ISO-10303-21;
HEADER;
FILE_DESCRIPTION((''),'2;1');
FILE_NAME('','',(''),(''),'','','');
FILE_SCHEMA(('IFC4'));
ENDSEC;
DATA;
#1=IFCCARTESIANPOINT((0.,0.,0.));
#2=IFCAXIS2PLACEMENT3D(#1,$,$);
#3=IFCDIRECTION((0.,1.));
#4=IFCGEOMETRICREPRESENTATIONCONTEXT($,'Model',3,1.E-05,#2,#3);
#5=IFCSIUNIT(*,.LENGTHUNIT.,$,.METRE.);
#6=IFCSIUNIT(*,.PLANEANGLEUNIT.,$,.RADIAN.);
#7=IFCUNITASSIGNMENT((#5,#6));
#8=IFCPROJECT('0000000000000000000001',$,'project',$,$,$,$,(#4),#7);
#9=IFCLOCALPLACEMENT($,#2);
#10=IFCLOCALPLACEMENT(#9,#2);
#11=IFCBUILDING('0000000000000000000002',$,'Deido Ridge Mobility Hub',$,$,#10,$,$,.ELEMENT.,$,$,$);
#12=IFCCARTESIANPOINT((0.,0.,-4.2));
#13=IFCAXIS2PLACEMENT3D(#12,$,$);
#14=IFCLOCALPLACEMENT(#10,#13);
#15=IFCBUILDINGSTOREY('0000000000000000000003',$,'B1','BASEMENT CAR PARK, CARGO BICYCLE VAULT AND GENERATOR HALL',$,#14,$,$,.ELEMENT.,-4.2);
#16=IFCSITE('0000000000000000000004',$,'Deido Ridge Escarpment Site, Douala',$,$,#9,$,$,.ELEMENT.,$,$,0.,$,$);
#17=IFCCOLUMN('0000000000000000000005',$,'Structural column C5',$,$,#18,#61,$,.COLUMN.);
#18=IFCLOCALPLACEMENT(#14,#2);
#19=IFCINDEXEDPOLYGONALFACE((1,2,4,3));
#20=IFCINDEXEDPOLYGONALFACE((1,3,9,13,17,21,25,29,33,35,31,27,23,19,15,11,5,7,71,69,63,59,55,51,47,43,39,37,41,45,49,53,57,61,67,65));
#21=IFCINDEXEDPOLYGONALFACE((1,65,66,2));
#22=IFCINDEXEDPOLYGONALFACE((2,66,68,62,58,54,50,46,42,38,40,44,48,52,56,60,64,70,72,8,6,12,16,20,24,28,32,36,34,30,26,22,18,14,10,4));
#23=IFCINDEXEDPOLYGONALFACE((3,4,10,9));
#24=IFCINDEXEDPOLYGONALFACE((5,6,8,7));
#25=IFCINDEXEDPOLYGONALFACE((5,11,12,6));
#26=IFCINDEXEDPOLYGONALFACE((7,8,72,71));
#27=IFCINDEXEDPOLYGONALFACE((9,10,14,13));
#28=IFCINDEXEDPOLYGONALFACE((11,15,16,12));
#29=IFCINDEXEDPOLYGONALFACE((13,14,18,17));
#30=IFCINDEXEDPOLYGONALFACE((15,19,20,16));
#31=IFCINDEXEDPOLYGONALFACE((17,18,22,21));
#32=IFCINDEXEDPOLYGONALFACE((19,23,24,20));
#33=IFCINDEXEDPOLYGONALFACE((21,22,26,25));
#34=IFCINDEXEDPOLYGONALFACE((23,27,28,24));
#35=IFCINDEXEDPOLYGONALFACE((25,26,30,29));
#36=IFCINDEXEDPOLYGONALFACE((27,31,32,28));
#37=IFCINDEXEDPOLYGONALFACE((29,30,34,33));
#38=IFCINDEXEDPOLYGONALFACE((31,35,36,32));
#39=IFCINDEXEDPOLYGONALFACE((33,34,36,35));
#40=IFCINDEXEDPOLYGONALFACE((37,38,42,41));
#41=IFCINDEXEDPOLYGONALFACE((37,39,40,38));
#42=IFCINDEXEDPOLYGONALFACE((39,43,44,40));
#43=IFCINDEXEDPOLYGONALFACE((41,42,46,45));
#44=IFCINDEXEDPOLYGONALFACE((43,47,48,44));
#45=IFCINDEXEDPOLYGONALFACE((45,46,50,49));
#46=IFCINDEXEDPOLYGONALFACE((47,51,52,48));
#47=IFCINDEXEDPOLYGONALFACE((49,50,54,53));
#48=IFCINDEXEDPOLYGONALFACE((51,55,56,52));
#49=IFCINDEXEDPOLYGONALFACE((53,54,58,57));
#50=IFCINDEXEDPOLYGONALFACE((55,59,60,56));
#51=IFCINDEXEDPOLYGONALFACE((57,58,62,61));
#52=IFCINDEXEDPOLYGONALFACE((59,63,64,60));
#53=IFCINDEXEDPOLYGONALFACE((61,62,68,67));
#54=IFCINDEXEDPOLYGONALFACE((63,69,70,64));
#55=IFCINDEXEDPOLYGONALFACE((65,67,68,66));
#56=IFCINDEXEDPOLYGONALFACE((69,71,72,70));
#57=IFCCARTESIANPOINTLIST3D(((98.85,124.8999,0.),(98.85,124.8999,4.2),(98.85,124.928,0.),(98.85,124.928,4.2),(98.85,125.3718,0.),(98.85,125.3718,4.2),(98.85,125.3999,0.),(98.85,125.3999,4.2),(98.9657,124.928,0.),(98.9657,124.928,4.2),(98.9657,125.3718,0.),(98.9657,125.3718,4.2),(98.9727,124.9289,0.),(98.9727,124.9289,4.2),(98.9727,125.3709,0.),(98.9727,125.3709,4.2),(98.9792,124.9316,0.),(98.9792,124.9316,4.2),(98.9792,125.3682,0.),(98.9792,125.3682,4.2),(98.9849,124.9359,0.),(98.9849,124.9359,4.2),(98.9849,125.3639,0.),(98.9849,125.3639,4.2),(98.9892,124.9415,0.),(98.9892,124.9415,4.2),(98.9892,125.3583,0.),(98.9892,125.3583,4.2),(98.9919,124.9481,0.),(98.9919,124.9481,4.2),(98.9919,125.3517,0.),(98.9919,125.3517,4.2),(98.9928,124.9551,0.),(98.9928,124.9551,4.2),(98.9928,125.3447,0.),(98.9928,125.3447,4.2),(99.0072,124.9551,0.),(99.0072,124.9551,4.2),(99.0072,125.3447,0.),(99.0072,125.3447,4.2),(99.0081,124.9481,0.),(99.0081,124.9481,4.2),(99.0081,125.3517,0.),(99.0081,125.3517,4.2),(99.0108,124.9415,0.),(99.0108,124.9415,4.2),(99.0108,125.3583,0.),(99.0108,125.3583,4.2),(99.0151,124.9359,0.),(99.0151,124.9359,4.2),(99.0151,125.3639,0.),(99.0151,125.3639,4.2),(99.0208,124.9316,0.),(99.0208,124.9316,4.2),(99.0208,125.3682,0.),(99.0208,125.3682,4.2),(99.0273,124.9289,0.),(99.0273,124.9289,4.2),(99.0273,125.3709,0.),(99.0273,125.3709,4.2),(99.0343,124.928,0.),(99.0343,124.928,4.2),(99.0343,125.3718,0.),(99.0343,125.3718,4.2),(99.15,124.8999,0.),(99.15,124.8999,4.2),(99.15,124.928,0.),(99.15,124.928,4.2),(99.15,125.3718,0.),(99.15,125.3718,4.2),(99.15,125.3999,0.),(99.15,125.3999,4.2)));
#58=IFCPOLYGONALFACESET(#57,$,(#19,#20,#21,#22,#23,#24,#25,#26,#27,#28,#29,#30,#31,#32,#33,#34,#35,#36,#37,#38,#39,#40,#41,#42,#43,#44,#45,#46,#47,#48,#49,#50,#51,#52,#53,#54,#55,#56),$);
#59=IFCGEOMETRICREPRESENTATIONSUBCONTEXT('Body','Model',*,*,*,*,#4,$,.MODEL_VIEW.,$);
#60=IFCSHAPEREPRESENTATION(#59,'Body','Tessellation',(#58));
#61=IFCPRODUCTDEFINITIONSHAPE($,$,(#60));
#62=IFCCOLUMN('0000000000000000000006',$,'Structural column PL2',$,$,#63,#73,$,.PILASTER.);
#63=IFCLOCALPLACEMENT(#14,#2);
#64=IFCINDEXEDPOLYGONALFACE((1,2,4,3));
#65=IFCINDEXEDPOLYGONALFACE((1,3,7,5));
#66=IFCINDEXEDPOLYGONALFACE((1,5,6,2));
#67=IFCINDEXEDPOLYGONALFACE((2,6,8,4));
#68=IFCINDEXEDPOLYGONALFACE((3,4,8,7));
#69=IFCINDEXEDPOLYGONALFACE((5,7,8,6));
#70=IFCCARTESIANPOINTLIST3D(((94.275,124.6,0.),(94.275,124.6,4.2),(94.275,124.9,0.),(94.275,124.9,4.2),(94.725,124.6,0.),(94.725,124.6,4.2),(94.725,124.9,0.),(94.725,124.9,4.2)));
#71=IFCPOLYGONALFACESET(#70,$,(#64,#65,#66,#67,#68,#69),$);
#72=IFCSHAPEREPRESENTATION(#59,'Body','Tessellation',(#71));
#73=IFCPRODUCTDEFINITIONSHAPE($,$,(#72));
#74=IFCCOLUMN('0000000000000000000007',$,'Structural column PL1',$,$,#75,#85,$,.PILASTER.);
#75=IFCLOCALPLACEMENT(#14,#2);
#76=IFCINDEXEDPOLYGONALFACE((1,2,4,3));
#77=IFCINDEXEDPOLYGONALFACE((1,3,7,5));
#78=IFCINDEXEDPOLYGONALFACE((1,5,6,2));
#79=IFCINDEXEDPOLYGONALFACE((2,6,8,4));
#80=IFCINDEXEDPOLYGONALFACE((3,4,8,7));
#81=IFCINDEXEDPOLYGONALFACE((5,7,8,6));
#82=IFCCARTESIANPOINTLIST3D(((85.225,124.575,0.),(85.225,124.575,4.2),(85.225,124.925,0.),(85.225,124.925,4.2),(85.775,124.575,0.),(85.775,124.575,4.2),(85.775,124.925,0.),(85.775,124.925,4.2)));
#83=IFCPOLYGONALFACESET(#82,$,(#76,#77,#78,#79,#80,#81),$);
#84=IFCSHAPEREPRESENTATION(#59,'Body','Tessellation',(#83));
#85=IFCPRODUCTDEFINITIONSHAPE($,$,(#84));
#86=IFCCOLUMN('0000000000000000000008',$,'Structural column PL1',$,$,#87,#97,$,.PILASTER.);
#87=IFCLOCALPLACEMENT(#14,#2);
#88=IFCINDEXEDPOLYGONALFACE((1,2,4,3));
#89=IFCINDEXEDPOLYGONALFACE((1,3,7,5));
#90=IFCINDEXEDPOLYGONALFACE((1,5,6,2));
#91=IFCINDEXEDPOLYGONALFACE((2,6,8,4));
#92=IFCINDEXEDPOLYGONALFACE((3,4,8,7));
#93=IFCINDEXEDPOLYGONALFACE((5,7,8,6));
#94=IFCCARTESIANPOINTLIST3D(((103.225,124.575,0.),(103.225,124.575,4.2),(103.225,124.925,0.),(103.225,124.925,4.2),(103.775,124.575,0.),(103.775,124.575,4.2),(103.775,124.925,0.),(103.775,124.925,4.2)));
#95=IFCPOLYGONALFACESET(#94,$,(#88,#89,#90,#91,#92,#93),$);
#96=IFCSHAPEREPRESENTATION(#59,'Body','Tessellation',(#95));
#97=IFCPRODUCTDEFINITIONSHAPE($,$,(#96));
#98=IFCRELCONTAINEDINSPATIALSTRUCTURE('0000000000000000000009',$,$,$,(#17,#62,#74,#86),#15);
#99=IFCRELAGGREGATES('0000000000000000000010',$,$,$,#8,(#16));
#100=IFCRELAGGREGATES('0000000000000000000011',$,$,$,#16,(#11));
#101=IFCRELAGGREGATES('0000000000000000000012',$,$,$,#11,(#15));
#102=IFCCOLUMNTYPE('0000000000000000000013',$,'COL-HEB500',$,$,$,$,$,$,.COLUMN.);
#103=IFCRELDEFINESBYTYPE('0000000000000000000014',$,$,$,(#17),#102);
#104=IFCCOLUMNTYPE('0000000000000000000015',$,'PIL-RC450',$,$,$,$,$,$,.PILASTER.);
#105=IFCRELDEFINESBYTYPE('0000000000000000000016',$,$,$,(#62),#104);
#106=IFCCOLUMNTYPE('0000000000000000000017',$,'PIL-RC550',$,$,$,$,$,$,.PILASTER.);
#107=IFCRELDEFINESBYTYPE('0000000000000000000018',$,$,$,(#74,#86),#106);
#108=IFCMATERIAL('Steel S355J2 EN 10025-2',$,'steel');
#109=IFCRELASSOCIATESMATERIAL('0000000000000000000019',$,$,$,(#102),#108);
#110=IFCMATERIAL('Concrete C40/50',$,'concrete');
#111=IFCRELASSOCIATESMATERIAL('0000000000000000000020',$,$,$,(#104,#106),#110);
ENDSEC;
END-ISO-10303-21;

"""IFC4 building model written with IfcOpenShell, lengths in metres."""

from ifc_helpers import new_model, si_unit, direction, frame, origin, origin_2d, place, context, subcontext, project, spatial, rectangle, i_section, extrude, material, material_profile, profile_set, type_object, element, save


model = new_model("IFC4")

# Units and contexts
model_context = context("Model", 3, precision=1e-05, world=origin(), true_north=direction((0.0, 1.0)))
body_context = subcontext(model_context, "Body", "Model", "MODEL_VIEW")
ifc_project = project(units=[si_unit("LENGTHUNIT", "METRE"), si_unit("PLANEANGLEUNIT", "RADIAN")], contexts=[model_context])

# Site, building, storey
site_placement = place(None, origin())
site = spatial("IfcSite", under=ifc_project, at=site_placement, Name="Deido Ridge Escarpment Site, Douala", CompositionType="ELEMENT", RefElevation=0.0)
building_placement = place(site_placement, origin())
building = spatial("IfcBuilding", under=site, at=building_placement, Name="Deido Ridge Mobility Hub", CompositionType="ELEMENT")
storey_placement = place(building_placement, frame((0.0, 0.0, -4.2)))
storey = spatial("IfcBuildingStorey", under=building, at=storey_placement, Name="B1", Description="BASEMENT CAR PARK, CARGO BICYCLE VAULT AND GENERATOR HALL", CompositionType="ELEMENT", Elevation=-4.2)

# Shared definitions
ifc_material_1 = material(Name="Concrete C40/50", Category="concrete")

# Columns
ifc_material_2 = material(Name="Steel S355J2 EN 10025-2", Category="steel")
ifc_material_profile_1 = material_profile(ifc_material_2, i_section(OverallWidth=0.3, OverallDepth=0.5, WebThickness=0.0144, FlangeThickness=0.0281, FilletRadius=0.0271, at=origin_2d()), Name="HEB 500")
ifc_profile_set_1 = profile_set([ifc_material_profile_1], Name="Steel S355J2 EN 10025-2")
column_type_1 = type_object("IfcColumnType", Name="COL-HEB500", PredefinedType="COLUMN", material=ifc_profile_set_1)
for number, where, z_axis, x_axis, name in (
    (1, (99.0, 125.1499, 0.0), (0.0, 0.0, 1.0), (1.0, 0.0, 0.0), "Structural column C5"),
):
    element("IfcColumn", number, at=place(storey_placement, frame(where, z_axis=z_axis, x_axis=x_axis)), inside=storey, type_object=column_type_1, Name=name, PredefinedType="COLUMN", context=body_context, shape_type="SweptSolid", body=[
        extrude(i_section(OverallWidth=0.3, OverallDepth=0.5, WebThickness=0.0144, FlangeThickness=0.0281, FilletRadius=0.0271, at=origin_2d()), origin(), (0.0, 0.0, 1.0), 4.2),
    ])
ifc_material_profile_2 = material_profile(ifc_material_1, rectangle(XDim=0.45, YDim=0.3, at=origin_2d()), Name="RC PILASTER 450x300")
ifc_profile_set_2 = profile_set([ifc_material_profile_2], Name="Concrete C40/50")
column_type_2 = type_object("IfcColumnType", Name="PIL-RC450", PredefinedType="PILASTER", material=ifc_profile_set_2)
column_placement = place(storey_placement, frame((94.5, 124.75, 0.0), z_axis=(0.0, 0.0, 1.0), x_axis=(1.0, 0.0, 0.0)))
element("IfcColumn", 2, at=column_placement, inside=storey, type_object=column_type_2, Name="Structural column PL2", PredefinedType="PILASTER", context=body_context, shape_type="SweptSolid", body=[
    extrude(rectangle(XDim=0.45, YDim=0.3, at=origin_2d()), origin(), (0.0, 0.0, 1.0), 4.2),
])
ifc_material_profile_3 = material_profile(ifc_material_1, rectangle(XDim=0.55, YDim=0.3501, at=origin_2d()), Name="RC PILASTER 550x350")
ifc_profile_set_3 = profile_set([ifc_material_profile_3], Name="Concrete C40/50")
column_type_3 = type_object("IfcColumnType", Name="PIL-RC550", PredefinedType="PILASTER", material=ifc_profile_set_3)
for number, where, z_axis, x_axis, name in (
    (3, (85.5, 124.75, 0.0), (0.0, 0.0, 1.0), (1.0, 0.0, 0.0), "Structural column PL1"),
    (4, (103.5, 124.75, 0.0), (0.0, 0.0, 1.0), (1.0, 0.0, 0.0), "Structural column PL1"),
):
    element("IfcColumn", number, at=place(storey_placement, frame(where, z_axis=z_axis, x_axis=x_axis)), inside=storey, type_object=column_type_3, Name=name, PredefinedType="PILASTER", context=body_context, shape_type="SweptSolid", body=[
        extrude(rectangle(XDim=0.55, YDim=0.3501, at=origin_2d()), origin(), (0.0, 0.0, 1.0), 4.2),
    ])

save(model, "model.ifc")
